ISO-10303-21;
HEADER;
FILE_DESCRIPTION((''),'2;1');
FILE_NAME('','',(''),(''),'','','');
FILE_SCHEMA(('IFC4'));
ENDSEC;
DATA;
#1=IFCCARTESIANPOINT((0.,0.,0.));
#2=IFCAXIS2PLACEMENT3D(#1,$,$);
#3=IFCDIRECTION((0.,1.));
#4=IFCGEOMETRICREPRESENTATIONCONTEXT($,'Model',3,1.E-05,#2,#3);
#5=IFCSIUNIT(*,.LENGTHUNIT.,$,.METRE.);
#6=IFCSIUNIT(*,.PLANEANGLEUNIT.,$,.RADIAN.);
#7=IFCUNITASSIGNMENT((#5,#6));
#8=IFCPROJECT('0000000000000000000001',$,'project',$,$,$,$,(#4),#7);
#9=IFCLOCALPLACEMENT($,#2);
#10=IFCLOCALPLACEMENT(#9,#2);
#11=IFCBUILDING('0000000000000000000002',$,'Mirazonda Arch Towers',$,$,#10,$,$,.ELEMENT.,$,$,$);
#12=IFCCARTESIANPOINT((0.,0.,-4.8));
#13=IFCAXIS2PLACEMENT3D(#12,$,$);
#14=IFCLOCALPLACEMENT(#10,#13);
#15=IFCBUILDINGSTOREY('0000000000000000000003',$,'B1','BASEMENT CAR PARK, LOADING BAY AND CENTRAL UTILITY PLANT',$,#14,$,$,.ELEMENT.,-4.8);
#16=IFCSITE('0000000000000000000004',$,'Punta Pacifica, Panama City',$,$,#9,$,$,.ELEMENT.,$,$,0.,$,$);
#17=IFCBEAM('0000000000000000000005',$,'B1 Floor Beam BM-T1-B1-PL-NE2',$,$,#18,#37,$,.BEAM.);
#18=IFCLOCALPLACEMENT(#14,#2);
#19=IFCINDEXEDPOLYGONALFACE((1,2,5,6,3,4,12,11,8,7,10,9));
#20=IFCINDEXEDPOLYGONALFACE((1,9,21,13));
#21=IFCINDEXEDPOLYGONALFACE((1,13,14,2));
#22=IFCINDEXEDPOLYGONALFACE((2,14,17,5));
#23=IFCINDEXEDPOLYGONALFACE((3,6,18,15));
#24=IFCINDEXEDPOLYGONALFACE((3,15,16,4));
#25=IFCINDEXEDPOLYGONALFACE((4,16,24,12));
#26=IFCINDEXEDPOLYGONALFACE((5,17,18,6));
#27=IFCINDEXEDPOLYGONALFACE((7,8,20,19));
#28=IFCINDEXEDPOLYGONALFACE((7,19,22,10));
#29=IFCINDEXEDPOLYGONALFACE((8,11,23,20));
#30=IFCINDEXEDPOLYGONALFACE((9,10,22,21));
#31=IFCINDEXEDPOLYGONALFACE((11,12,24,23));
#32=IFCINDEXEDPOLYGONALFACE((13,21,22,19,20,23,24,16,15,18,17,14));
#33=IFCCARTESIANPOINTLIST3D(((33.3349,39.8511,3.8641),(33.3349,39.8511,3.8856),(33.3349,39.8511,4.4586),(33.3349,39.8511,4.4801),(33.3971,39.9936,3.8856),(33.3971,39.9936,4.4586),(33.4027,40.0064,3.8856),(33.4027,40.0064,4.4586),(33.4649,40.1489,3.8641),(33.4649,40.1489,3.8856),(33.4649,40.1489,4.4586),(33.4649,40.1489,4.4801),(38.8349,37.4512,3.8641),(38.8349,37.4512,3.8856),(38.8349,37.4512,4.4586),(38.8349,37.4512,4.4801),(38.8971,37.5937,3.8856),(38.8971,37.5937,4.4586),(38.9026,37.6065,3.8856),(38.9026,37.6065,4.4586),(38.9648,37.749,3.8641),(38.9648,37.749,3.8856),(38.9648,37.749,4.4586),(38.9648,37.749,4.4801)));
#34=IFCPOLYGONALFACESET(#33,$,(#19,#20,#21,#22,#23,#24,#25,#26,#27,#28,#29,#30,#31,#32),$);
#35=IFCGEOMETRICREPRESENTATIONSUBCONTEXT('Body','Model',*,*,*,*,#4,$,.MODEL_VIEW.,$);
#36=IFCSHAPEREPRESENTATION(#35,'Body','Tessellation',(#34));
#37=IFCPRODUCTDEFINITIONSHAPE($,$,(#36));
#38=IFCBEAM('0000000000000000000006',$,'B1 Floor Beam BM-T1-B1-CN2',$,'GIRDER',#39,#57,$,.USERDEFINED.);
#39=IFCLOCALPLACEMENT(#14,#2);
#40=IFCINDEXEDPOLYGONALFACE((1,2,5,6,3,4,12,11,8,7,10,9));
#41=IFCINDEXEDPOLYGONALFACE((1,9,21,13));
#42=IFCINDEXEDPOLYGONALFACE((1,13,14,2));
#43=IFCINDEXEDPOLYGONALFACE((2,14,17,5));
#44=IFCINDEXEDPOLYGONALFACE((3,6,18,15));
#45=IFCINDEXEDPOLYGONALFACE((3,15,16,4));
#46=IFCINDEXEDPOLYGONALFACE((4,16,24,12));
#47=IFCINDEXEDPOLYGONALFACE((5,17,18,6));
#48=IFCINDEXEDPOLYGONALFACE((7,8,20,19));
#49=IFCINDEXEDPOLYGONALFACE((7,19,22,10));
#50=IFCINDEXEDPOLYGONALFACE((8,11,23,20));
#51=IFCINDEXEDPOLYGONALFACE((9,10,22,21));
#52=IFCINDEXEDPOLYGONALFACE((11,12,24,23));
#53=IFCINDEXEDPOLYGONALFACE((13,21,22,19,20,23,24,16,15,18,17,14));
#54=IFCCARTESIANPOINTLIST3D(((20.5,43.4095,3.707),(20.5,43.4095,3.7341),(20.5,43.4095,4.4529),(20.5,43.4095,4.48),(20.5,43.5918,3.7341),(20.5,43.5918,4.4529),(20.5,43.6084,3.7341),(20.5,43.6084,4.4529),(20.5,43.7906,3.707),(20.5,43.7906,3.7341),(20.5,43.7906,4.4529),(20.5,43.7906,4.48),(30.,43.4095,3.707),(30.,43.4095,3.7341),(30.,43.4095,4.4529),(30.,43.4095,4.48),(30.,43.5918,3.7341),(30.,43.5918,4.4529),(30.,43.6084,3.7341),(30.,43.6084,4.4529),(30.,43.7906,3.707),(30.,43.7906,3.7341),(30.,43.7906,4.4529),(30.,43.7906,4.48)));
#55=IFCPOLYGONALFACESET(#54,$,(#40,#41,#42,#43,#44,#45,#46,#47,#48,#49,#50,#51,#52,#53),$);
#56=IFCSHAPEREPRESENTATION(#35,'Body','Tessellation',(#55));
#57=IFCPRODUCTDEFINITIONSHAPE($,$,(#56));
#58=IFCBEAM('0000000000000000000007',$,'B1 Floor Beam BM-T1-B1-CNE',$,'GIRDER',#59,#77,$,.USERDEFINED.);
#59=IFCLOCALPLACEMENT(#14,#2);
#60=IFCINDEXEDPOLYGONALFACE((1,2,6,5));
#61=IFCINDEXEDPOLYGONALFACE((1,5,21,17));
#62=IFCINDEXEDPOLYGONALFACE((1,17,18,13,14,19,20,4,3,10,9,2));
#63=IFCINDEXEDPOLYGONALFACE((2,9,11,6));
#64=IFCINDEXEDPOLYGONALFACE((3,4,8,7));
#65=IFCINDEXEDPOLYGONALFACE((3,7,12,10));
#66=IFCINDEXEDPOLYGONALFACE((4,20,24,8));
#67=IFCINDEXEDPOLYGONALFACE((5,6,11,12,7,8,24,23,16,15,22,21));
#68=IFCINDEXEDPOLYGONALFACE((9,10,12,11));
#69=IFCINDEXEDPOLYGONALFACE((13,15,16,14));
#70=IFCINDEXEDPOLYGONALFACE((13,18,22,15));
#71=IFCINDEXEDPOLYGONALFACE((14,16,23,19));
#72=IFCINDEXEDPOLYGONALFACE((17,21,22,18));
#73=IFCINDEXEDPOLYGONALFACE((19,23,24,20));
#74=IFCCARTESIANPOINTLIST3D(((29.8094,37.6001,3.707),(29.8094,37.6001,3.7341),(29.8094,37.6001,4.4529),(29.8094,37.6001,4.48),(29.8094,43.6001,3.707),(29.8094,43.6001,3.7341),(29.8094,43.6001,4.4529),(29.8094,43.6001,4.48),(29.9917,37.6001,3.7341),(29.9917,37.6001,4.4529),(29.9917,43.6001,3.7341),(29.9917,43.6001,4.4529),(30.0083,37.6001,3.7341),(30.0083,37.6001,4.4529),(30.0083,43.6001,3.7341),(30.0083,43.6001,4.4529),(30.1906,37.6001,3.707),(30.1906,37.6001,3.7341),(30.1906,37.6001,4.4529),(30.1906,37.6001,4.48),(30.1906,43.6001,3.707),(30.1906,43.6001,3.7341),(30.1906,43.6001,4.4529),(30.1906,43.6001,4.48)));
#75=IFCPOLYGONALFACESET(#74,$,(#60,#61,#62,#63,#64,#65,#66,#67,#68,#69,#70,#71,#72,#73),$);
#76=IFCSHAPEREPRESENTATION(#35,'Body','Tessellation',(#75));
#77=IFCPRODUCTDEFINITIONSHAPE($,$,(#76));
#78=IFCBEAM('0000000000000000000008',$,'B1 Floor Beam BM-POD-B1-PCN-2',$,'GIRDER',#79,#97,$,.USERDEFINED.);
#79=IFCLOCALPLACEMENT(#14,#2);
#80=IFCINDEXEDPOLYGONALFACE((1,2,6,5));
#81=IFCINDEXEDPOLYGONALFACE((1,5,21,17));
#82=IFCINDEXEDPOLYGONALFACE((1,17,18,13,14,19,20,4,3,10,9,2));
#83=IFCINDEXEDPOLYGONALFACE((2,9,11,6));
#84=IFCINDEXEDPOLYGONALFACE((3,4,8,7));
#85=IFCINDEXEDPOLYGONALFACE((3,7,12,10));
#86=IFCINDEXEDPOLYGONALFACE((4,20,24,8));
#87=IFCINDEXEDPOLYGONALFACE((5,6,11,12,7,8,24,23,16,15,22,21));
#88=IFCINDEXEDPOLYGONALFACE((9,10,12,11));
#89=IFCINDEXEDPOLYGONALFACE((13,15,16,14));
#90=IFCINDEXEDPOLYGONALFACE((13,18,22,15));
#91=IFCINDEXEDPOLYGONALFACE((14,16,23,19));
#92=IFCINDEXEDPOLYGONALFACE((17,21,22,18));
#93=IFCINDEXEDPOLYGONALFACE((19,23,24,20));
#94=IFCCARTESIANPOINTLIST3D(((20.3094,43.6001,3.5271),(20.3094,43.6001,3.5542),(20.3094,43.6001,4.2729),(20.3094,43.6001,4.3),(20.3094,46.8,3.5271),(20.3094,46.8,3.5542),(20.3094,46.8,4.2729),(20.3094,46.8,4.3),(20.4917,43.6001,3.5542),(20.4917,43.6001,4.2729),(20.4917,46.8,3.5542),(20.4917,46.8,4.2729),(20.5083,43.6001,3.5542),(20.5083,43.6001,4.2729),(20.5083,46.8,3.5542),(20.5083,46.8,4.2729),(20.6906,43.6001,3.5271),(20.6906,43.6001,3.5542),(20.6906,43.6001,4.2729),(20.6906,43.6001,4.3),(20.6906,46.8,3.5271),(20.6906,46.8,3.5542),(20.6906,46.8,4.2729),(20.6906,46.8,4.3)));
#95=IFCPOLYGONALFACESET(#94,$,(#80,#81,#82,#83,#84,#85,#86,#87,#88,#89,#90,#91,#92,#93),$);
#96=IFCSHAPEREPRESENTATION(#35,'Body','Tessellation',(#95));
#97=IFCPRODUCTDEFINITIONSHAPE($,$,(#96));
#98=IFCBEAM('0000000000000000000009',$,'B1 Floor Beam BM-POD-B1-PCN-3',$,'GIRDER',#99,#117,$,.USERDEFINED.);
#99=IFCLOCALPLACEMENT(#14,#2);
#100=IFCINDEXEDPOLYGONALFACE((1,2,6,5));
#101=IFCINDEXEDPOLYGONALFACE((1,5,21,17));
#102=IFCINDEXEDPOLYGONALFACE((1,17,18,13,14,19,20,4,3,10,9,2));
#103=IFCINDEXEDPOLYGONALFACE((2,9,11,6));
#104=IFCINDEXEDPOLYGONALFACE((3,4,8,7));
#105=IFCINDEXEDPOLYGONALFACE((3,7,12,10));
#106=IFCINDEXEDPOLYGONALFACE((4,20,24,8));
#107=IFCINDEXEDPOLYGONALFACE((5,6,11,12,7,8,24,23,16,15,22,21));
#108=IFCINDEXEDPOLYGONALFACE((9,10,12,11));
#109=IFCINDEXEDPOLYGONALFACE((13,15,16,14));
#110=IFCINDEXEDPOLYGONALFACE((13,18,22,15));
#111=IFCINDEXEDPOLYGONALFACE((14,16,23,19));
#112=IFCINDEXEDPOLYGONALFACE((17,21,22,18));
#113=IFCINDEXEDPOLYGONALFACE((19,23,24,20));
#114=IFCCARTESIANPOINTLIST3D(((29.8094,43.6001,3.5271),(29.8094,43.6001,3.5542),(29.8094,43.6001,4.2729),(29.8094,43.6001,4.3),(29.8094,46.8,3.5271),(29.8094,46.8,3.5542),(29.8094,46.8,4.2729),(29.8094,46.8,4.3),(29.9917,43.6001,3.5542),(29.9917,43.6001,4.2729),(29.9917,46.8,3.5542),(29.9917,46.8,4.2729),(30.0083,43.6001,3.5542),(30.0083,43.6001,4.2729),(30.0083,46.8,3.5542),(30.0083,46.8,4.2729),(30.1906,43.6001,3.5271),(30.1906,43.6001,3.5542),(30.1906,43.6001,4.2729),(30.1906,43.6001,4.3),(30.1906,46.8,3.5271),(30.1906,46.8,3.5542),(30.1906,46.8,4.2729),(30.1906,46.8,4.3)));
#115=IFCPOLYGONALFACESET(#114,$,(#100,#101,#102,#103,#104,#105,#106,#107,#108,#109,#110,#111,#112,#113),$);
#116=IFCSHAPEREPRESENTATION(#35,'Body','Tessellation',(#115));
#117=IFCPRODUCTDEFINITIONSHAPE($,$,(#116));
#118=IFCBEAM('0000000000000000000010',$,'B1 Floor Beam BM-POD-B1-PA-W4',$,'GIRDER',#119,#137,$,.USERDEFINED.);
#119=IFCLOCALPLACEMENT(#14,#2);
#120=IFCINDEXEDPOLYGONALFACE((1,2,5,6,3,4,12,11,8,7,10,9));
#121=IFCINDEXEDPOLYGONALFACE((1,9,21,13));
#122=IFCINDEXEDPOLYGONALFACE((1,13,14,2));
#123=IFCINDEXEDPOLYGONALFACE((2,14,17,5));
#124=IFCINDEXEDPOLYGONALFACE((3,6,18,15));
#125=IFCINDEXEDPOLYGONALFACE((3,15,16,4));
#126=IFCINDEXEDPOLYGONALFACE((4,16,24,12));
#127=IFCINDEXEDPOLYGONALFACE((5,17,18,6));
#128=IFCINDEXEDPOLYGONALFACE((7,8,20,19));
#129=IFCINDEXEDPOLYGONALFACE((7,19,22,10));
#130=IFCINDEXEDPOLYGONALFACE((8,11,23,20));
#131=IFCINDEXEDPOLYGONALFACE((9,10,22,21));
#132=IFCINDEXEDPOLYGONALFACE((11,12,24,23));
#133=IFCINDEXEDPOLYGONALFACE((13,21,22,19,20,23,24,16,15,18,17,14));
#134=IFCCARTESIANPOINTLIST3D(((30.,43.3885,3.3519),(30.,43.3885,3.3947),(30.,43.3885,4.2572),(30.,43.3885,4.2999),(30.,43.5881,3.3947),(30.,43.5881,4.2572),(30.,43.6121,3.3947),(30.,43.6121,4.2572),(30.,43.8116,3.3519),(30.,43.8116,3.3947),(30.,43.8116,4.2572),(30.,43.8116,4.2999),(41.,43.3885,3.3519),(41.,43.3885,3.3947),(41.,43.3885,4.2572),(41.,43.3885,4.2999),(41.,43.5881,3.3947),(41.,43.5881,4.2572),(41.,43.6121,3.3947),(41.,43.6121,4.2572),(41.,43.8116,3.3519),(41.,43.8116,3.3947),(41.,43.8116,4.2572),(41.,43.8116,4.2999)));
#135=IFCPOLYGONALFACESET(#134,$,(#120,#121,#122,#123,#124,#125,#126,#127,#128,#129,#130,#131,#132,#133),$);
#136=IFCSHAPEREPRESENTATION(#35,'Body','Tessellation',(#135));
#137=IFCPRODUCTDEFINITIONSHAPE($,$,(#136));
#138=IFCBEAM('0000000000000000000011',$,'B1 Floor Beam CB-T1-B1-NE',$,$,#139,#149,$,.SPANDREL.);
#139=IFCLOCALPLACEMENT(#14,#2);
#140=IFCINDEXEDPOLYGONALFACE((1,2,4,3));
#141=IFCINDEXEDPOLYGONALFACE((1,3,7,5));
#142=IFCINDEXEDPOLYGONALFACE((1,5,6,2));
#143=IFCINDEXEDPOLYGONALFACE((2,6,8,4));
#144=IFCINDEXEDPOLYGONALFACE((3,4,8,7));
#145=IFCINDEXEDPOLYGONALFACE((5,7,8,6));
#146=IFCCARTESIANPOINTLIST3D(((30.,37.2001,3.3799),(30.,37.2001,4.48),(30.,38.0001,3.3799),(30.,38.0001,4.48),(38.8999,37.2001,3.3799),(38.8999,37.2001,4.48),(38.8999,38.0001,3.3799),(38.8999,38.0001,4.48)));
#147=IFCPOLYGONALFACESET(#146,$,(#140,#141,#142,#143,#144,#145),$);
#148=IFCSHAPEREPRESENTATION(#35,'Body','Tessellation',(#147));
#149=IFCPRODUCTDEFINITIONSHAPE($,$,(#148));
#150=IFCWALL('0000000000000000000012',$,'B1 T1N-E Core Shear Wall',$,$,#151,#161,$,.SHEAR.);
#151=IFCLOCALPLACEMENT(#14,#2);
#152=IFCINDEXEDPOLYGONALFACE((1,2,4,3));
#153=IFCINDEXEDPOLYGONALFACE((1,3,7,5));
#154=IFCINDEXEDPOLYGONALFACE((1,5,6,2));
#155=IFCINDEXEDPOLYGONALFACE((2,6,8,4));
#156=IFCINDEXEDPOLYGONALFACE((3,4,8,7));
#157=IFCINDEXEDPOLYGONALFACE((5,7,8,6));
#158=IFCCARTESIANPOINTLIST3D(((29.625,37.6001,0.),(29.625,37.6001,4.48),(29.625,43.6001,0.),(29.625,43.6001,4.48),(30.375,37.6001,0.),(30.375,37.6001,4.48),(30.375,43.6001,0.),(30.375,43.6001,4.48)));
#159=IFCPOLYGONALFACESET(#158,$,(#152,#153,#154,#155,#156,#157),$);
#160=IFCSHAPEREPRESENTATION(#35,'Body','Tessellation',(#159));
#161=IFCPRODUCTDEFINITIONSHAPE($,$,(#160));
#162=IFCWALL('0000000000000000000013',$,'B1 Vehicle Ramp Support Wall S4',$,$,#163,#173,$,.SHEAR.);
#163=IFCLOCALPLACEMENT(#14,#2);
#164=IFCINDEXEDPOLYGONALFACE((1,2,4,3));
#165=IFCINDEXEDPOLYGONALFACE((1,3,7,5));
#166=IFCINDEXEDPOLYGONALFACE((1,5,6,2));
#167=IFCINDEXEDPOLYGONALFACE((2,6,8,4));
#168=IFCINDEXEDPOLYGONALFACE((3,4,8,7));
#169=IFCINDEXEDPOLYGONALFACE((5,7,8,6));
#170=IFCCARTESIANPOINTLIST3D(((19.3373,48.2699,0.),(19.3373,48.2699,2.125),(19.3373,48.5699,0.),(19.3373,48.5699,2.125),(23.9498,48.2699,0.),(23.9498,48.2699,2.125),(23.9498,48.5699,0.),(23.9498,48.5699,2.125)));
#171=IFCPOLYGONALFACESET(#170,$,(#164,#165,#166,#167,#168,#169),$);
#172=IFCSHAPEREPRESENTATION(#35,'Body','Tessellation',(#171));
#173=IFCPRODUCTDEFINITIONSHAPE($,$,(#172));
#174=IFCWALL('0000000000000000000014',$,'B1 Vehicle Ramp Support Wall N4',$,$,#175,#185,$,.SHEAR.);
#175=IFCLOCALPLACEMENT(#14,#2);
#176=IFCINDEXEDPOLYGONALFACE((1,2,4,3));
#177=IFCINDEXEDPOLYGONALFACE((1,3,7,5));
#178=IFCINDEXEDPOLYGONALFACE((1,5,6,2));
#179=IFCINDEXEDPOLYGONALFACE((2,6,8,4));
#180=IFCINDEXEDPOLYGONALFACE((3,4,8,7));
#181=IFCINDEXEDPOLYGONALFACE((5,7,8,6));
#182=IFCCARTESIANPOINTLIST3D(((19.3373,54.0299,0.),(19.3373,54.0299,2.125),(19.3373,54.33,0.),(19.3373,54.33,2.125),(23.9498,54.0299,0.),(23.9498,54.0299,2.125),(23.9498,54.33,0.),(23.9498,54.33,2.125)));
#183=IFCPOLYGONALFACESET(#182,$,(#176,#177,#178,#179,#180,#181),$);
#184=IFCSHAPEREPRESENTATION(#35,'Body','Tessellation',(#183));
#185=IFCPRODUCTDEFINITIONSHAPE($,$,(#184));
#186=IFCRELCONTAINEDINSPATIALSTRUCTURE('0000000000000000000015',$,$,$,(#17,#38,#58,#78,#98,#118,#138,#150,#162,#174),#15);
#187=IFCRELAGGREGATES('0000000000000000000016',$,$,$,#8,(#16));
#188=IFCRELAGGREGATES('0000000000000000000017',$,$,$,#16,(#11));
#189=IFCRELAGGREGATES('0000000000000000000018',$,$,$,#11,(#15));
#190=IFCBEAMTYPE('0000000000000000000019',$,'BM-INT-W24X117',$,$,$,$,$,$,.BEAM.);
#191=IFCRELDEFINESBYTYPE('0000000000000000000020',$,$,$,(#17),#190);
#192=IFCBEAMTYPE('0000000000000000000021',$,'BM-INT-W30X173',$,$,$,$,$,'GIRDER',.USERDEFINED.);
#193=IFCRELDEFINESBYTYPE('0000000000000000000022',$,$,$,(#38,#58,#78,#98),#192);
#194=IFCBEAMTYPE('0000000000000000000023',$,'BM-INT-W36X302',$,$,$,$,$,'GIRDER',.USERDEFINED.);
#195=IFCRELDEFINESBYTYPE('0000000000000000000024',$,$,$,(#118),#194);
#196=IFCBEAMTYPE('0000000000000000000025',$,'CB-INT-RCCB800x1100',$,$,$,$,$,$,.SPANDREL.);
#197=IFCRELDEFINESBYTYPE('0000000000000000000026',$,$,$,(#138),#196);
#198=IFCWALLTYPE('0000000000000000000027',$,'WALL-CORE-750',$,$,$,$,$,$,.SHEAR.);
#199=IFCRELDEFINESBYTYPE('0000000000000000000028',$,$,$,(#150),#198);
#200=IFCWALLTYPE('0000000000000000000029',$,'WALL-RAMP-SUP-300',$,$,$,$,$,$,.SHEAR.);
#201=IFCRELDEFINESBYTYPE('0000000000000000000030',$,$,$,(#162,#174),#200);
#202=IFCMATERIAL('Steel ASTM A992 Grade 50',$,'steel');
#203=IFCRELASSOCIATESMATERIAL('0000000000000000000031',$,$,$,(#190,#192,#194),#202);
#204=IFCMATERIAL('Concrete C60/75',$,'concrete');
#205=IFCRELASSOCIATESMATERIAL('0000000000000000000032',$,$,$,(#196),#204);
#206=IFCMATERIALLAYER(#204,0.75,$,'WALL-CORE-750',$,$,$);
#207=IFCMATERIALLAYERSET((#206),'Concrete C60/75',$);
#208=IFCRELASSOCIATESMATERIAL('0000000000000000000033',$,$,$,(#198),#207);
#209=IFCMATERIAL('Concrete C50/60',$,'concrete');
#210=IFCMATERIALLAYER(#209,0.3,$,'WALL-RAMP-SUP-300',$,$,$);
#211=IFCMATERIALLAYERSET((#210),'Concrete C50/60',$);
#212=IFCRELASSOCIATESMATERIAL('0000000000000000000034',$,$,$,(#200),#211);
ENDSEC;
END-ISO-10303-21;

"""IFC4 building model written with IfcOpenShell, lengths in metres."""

from ifc_helpers import new_model, si_unit, direction, frame, frame_2d, origin, origin_2d, place, context, subcontext, project, spatial, rectangle, i_section, extrude, material, layer, layer_set, material_profile, profile_set, type_object, element, save


model = new_model("IFC4")

# Units and contexts
model_context = context("Model", 3, precision=1e-05, world=origin(), true_north=direction((0.0, 1.0)))
body_context = subcontext(model_context, "Body", "Model", "MODEL_VIEW")
ifc_project = project(units=[si_unit("LENGTHUNIT", "METRE"), si_unit("PLANEANGLEUNIT", "RADIAN")], contexts=[model_context])

# Site, building, storey
site_placement = place(None, origin())
site = spatial("IfcSite", under=ifc_project, at=site_placement, Name="Punta Pacifica, Panama City", CompositionType="ELEMENT", RefElevation=0.0)
building_placement = place(site_placement, origin())
building = spatial("IfcBuilding", under=site, at=building_placement, Name="Mirazonda Arch Towers", CompositionType="ELEMENT")
storey_placement = place(building_placement, frame((0.0, 0.0, -4.8)))
storey = spatial("IfcBuildingStorey", under=building, at=storey_placement, Name="B1", Description="BASEMENT CAR PARK, LOADING BAY AND CENTRAL UTILITY PLANT", CompositionType="ELEMENT", Elevation=-4.8)

# Shared definitions
ifc_material_1 = material(Name="Concrete C50/60", Category="concrete")

# Shared definitions
ifc_material_2 = material(Name="Concrete C60/75", Category="concrete")

# Beams
ifc_material_3 = material(Name="Steel ASTM A992 Grade 50", Category="steel")
ifc_material_profile_1 = material_profile(ifc_material_3, i_section(OverallWidth=0.325, OverallDepth=0.616, WebThickness=0.0139, FlangeThickness=0.0215, at=origin_2d()), Name="W24X117")
ifc_profile_set_1 = profile_set([ifc_material_profile_1], Name="Steel ASTM A992 Grade 50")
beam_type_1 = type_object("IfcBeamType", Name="BM-INT-W24X117", PredefinedType="BEAM", material=ifc_profile_set_1)
beam_1_placement = place(storey_placement, frame((33.3999, 40.0, 4.1721), z_axis=(0.916545, -0.399931, 0.0), x_axis=(0.399931, 0.916545, 0.0)))
element("IfcBeam", 1, at=beam_1_placement, inside=storey, type_object=beam_type_1, Name="B1 Floor Beam BM-T1-B1-PL-NE2", PredefinedType="BEAM", context=body_context, shape_type="SweptSolid", body=[
    extrude(i_section(OverallWidth=0.325, OverallDepth=0.616, WebThickness=0.0139, FlangeThickness=0.0215, at=origin_2d()), origin(), (0.0, 0.0, 1.0), 6.0007),
])
ifc_material_profile_2 = material_profile(ifc_material_3, i_section(OverallWidth=0.3811, OverallDepth=0.7729, WebThickness=0.0166, FlangeThickness=0.0271, at=origin_2d()), Name="W30X173")
ifc_profile_set_2 = profile_set([ifc_material_profile_2], Name="Steel ASTM A992 Grade 50")
beam_type_2 = type_object("IfcBeamType", Name="BM-INT-W30X173", ElementType="GIRDER", PredefinedType="USERDEFINED", material=ifc_profile_set_2)
beam_2_placement = place(storey_placement, frame((20.5, 43.6001, 4.0935), z_axis=(1.0, 0.0, 0.0), x_axis=(0.0, 1.0, 0.0)))
element("IfcBeam", 2, at=beam_2_placement, inside=storey, type_object=beam_type_2, Name="B1 Floor Beam BM-T1-B1-CN2", ObjectType="GIRDER", PredefinedType="USERDEFINED", context=body_context, shape_type="SweptSolid", body=[
    extrude(i_section(OverallWidth=0.3811, OverallDepth=0.7729, WebThickness=0.0166, FlangeThickness=0.0271, at=origin_2d()), origin(), (0.0, 0.0, 1.0), 9.5),
])
beam_3_placement = place(storey_placement, frame((30.0, 37.6001, 4.0935), z_axis=(0.0, 1.0, 0.0), x_axis=(-1.0, 0.0, 0.0)))
element("IfcBeam", 3, at=beam_3_placement, inside=storey, type_object=beam_type_2, Name="B1 Floor Beam BM-T1-B1-CNE", ObjectType="GIRDER", PredefinedType="USERDEFINED", context=body_context, shape_type="SweptSolid", body=[
    extrude(i_section(OverallWidth=0.3811, OverallDepth=0.7729, WebThickness=0.0166, FlangeThickness=0.0271, at=origin_2d()), origin(), (0.0, 0.0, 1.0), 6.0),
])
for number, where, z_axis, x_axis, name in (
    (4, (20.5, 43.6001, 3.9136), (0.0, 1.0, 0.0), (-1.0, 0.0, 0.0), "B1 Floor Beam BM-POD-B1-PCN-2"),
    (5, (30.0, 43.6001, 3.9136), (0.0, 1.0, 0.0), (-1.0, 0.0, 0.0), "B1 Floor Beam BM-POD-B1-PCN-3"),
):
    element("IfcBeam", number, at=place(storey_placement, frame(where, z_axis=z_axis, x_axis=x_axis)), inside=storey, type_object=beam_type_2, Name=name, ObjectType="GIRDER", PredefinedType="USERDEFINED", context=body_context, shape_type="SweptSolid", body=[
        extrude(i_section(OverallWidth=0.3811, OverallDepth=0.7729, WebThickness=0.0166, FlangeThickness=0.0271, at=origin_2d()), origin(), (0.0, 0.0, 1.0), 3.2),
    ])
ifc_material_profile_3 = material_profile(ifc_material_3, i_section(OverallWidth=0.4231, OverallDepth=0.948, WebThickness=0.0239, FlangeThickness=0.0427, at=origin_2d()), Name="W36X302")
ifc_profile_set_3 = profile_set([ifc_material_profile_3], Name="Steel ASTM A992 Grade 50")
beam_type_3 = type_object("IfcBeamType", Name="BM-INT-W36X302", ElementType="GIRDER", PredefinedType="USERDEFINED", material=ifc_profile_set_3)
beam_4_placement = place(storey_placement, frame((30.0, 43.6001, 3.8259), z_axis=(1.0, 0.0, 0.0), x_axis=(0.0, 1.0, 0.0)))
element("IfcBeam", 6, at=beam_4_placement, inside=storey, type_object=beam_type_3, Name="B1 Floor Beam BM-POD-B1-PA-W4", ObjectType="GIRDER", PredefinedType="USERDEFINED", context=body_context, shape_type="SweptSolid", body=[
    extrude(i_section(OverallWidth=0.4231, OverallDepth=0.948, WebThickness=0.0239, FlangeThickness=0.0427, at=origin_2d()), origin(), (0.0, 0.0, 1.0), 11.0),
])
ifc_material_profile_4 = material_profile(ifc_material_2, rectangle(XDim=0.8, YDim=1.1001, at=origin_2d()), Name="RCCB800x1100")
ifc_profile_set_4 = profile_set([ifc_material_profile_4], Name="Concrete C60/75")
beam_type_4 = type_object("IfcBeamType", Name="CB-INT-RCCB800x1100", PredefinedType="SPANDREL", material=ifc_profile_set_4)
beam_5_placement = place(storey_placement, frame((30.0, 37.6001, 3.9299), z_axis=(1.0, 0.0, 0.0), x_axis=(0.0, 1.0, 0.0)))
element("IfcBeam", 7, at=beam_5_placement, inside=storey, type_object=beam_type_4, Name="B1 Floor Beam CB-T1-B1-NE", PredefinedType="SPANDREL", context=body_context, shape_type="SweptSolid", body=[
    extrude(rectangle(XDim=0.8, YDim=1.1001, at=origin_2d()), origin(), (0.0, 0.0, 1.0), 8.8999),
])

# Walls
ifc_layer_1 = layer(ifc_material_2, 0.75, Name="WALL-CORE-750")
ifc_layer_set_1 = layer_set([ifc_layer_1], Name="Concrete C60/75")
wall_type_1 = type_object("IfcWallType", Name="WALL-CORE-750", PredefinedType="SHEAR", material=ifc_layer_set_1)
wall_1_placement = place(storey_placement, frame((30.0, 37.6001, 0.0), z_axis=(0.0, 0.0, 1.0), x_axis=(0.0, 1.0, 0.0)))
element("IfcWall", 8, at=wall_1_placement, inside=storey, type_object=wall_type_1, Name="B1 T1N-E Core Shear Wall", PredefinedType="SHEAR", context=body_context, shape_type="SweptSolid", body=[
    extrude(rectangle(XDim=6.0, YDim=0.75, at=frame_2d((3.0, 0.0))), origin(), (0.0, 0.0, 1.0), 4.48),
])
ifc_layer_2 = layer(ifc_material_1, 0.3, Name="WALL-RAMP-SUP-300")
ifc_layer_set_2 = layer_set([ifc_layer_2], Name="Concrete C50/60")
wall_type_2 = type_object("IfcWallType", Name="WALL-RAMP-SUP-300", PredefinedType="SHEAR", material=ifc_layer_set_2)
for number, where, z_axis, x_axis, name in (
    (9, (19.3374, 48.4199, 0.0), (0.0, 0.0, 1.0), (1.0, 0.0, 0.0), "B1 Vehicle Ramp Support Wall S4"),
    (10, (19.3374, 54.1799, 0.0), (0.0, 0.0, 1.0), (1.0, 0.0, 0.0), "B1 Vehicle Ramp Support Wall N4"),
):
    element("IfcWall", number, at=place(storey_placement, frame(where, z_axis=z_axis, x_axis=x_axis)), inside=storey, type_object=wall_type_2, Name=name, PredefinedType="SHEAR", context=body_context, shape_type="SweptSolid", body=[
        extrude(rectangle(XDim=4.6125, YDim=0.3, at=frame_2d((2.3062, 0.0))), origin(), (0.0, 0.0, 1.0), 2.125),
    ])

save(model, "model.ifc")
